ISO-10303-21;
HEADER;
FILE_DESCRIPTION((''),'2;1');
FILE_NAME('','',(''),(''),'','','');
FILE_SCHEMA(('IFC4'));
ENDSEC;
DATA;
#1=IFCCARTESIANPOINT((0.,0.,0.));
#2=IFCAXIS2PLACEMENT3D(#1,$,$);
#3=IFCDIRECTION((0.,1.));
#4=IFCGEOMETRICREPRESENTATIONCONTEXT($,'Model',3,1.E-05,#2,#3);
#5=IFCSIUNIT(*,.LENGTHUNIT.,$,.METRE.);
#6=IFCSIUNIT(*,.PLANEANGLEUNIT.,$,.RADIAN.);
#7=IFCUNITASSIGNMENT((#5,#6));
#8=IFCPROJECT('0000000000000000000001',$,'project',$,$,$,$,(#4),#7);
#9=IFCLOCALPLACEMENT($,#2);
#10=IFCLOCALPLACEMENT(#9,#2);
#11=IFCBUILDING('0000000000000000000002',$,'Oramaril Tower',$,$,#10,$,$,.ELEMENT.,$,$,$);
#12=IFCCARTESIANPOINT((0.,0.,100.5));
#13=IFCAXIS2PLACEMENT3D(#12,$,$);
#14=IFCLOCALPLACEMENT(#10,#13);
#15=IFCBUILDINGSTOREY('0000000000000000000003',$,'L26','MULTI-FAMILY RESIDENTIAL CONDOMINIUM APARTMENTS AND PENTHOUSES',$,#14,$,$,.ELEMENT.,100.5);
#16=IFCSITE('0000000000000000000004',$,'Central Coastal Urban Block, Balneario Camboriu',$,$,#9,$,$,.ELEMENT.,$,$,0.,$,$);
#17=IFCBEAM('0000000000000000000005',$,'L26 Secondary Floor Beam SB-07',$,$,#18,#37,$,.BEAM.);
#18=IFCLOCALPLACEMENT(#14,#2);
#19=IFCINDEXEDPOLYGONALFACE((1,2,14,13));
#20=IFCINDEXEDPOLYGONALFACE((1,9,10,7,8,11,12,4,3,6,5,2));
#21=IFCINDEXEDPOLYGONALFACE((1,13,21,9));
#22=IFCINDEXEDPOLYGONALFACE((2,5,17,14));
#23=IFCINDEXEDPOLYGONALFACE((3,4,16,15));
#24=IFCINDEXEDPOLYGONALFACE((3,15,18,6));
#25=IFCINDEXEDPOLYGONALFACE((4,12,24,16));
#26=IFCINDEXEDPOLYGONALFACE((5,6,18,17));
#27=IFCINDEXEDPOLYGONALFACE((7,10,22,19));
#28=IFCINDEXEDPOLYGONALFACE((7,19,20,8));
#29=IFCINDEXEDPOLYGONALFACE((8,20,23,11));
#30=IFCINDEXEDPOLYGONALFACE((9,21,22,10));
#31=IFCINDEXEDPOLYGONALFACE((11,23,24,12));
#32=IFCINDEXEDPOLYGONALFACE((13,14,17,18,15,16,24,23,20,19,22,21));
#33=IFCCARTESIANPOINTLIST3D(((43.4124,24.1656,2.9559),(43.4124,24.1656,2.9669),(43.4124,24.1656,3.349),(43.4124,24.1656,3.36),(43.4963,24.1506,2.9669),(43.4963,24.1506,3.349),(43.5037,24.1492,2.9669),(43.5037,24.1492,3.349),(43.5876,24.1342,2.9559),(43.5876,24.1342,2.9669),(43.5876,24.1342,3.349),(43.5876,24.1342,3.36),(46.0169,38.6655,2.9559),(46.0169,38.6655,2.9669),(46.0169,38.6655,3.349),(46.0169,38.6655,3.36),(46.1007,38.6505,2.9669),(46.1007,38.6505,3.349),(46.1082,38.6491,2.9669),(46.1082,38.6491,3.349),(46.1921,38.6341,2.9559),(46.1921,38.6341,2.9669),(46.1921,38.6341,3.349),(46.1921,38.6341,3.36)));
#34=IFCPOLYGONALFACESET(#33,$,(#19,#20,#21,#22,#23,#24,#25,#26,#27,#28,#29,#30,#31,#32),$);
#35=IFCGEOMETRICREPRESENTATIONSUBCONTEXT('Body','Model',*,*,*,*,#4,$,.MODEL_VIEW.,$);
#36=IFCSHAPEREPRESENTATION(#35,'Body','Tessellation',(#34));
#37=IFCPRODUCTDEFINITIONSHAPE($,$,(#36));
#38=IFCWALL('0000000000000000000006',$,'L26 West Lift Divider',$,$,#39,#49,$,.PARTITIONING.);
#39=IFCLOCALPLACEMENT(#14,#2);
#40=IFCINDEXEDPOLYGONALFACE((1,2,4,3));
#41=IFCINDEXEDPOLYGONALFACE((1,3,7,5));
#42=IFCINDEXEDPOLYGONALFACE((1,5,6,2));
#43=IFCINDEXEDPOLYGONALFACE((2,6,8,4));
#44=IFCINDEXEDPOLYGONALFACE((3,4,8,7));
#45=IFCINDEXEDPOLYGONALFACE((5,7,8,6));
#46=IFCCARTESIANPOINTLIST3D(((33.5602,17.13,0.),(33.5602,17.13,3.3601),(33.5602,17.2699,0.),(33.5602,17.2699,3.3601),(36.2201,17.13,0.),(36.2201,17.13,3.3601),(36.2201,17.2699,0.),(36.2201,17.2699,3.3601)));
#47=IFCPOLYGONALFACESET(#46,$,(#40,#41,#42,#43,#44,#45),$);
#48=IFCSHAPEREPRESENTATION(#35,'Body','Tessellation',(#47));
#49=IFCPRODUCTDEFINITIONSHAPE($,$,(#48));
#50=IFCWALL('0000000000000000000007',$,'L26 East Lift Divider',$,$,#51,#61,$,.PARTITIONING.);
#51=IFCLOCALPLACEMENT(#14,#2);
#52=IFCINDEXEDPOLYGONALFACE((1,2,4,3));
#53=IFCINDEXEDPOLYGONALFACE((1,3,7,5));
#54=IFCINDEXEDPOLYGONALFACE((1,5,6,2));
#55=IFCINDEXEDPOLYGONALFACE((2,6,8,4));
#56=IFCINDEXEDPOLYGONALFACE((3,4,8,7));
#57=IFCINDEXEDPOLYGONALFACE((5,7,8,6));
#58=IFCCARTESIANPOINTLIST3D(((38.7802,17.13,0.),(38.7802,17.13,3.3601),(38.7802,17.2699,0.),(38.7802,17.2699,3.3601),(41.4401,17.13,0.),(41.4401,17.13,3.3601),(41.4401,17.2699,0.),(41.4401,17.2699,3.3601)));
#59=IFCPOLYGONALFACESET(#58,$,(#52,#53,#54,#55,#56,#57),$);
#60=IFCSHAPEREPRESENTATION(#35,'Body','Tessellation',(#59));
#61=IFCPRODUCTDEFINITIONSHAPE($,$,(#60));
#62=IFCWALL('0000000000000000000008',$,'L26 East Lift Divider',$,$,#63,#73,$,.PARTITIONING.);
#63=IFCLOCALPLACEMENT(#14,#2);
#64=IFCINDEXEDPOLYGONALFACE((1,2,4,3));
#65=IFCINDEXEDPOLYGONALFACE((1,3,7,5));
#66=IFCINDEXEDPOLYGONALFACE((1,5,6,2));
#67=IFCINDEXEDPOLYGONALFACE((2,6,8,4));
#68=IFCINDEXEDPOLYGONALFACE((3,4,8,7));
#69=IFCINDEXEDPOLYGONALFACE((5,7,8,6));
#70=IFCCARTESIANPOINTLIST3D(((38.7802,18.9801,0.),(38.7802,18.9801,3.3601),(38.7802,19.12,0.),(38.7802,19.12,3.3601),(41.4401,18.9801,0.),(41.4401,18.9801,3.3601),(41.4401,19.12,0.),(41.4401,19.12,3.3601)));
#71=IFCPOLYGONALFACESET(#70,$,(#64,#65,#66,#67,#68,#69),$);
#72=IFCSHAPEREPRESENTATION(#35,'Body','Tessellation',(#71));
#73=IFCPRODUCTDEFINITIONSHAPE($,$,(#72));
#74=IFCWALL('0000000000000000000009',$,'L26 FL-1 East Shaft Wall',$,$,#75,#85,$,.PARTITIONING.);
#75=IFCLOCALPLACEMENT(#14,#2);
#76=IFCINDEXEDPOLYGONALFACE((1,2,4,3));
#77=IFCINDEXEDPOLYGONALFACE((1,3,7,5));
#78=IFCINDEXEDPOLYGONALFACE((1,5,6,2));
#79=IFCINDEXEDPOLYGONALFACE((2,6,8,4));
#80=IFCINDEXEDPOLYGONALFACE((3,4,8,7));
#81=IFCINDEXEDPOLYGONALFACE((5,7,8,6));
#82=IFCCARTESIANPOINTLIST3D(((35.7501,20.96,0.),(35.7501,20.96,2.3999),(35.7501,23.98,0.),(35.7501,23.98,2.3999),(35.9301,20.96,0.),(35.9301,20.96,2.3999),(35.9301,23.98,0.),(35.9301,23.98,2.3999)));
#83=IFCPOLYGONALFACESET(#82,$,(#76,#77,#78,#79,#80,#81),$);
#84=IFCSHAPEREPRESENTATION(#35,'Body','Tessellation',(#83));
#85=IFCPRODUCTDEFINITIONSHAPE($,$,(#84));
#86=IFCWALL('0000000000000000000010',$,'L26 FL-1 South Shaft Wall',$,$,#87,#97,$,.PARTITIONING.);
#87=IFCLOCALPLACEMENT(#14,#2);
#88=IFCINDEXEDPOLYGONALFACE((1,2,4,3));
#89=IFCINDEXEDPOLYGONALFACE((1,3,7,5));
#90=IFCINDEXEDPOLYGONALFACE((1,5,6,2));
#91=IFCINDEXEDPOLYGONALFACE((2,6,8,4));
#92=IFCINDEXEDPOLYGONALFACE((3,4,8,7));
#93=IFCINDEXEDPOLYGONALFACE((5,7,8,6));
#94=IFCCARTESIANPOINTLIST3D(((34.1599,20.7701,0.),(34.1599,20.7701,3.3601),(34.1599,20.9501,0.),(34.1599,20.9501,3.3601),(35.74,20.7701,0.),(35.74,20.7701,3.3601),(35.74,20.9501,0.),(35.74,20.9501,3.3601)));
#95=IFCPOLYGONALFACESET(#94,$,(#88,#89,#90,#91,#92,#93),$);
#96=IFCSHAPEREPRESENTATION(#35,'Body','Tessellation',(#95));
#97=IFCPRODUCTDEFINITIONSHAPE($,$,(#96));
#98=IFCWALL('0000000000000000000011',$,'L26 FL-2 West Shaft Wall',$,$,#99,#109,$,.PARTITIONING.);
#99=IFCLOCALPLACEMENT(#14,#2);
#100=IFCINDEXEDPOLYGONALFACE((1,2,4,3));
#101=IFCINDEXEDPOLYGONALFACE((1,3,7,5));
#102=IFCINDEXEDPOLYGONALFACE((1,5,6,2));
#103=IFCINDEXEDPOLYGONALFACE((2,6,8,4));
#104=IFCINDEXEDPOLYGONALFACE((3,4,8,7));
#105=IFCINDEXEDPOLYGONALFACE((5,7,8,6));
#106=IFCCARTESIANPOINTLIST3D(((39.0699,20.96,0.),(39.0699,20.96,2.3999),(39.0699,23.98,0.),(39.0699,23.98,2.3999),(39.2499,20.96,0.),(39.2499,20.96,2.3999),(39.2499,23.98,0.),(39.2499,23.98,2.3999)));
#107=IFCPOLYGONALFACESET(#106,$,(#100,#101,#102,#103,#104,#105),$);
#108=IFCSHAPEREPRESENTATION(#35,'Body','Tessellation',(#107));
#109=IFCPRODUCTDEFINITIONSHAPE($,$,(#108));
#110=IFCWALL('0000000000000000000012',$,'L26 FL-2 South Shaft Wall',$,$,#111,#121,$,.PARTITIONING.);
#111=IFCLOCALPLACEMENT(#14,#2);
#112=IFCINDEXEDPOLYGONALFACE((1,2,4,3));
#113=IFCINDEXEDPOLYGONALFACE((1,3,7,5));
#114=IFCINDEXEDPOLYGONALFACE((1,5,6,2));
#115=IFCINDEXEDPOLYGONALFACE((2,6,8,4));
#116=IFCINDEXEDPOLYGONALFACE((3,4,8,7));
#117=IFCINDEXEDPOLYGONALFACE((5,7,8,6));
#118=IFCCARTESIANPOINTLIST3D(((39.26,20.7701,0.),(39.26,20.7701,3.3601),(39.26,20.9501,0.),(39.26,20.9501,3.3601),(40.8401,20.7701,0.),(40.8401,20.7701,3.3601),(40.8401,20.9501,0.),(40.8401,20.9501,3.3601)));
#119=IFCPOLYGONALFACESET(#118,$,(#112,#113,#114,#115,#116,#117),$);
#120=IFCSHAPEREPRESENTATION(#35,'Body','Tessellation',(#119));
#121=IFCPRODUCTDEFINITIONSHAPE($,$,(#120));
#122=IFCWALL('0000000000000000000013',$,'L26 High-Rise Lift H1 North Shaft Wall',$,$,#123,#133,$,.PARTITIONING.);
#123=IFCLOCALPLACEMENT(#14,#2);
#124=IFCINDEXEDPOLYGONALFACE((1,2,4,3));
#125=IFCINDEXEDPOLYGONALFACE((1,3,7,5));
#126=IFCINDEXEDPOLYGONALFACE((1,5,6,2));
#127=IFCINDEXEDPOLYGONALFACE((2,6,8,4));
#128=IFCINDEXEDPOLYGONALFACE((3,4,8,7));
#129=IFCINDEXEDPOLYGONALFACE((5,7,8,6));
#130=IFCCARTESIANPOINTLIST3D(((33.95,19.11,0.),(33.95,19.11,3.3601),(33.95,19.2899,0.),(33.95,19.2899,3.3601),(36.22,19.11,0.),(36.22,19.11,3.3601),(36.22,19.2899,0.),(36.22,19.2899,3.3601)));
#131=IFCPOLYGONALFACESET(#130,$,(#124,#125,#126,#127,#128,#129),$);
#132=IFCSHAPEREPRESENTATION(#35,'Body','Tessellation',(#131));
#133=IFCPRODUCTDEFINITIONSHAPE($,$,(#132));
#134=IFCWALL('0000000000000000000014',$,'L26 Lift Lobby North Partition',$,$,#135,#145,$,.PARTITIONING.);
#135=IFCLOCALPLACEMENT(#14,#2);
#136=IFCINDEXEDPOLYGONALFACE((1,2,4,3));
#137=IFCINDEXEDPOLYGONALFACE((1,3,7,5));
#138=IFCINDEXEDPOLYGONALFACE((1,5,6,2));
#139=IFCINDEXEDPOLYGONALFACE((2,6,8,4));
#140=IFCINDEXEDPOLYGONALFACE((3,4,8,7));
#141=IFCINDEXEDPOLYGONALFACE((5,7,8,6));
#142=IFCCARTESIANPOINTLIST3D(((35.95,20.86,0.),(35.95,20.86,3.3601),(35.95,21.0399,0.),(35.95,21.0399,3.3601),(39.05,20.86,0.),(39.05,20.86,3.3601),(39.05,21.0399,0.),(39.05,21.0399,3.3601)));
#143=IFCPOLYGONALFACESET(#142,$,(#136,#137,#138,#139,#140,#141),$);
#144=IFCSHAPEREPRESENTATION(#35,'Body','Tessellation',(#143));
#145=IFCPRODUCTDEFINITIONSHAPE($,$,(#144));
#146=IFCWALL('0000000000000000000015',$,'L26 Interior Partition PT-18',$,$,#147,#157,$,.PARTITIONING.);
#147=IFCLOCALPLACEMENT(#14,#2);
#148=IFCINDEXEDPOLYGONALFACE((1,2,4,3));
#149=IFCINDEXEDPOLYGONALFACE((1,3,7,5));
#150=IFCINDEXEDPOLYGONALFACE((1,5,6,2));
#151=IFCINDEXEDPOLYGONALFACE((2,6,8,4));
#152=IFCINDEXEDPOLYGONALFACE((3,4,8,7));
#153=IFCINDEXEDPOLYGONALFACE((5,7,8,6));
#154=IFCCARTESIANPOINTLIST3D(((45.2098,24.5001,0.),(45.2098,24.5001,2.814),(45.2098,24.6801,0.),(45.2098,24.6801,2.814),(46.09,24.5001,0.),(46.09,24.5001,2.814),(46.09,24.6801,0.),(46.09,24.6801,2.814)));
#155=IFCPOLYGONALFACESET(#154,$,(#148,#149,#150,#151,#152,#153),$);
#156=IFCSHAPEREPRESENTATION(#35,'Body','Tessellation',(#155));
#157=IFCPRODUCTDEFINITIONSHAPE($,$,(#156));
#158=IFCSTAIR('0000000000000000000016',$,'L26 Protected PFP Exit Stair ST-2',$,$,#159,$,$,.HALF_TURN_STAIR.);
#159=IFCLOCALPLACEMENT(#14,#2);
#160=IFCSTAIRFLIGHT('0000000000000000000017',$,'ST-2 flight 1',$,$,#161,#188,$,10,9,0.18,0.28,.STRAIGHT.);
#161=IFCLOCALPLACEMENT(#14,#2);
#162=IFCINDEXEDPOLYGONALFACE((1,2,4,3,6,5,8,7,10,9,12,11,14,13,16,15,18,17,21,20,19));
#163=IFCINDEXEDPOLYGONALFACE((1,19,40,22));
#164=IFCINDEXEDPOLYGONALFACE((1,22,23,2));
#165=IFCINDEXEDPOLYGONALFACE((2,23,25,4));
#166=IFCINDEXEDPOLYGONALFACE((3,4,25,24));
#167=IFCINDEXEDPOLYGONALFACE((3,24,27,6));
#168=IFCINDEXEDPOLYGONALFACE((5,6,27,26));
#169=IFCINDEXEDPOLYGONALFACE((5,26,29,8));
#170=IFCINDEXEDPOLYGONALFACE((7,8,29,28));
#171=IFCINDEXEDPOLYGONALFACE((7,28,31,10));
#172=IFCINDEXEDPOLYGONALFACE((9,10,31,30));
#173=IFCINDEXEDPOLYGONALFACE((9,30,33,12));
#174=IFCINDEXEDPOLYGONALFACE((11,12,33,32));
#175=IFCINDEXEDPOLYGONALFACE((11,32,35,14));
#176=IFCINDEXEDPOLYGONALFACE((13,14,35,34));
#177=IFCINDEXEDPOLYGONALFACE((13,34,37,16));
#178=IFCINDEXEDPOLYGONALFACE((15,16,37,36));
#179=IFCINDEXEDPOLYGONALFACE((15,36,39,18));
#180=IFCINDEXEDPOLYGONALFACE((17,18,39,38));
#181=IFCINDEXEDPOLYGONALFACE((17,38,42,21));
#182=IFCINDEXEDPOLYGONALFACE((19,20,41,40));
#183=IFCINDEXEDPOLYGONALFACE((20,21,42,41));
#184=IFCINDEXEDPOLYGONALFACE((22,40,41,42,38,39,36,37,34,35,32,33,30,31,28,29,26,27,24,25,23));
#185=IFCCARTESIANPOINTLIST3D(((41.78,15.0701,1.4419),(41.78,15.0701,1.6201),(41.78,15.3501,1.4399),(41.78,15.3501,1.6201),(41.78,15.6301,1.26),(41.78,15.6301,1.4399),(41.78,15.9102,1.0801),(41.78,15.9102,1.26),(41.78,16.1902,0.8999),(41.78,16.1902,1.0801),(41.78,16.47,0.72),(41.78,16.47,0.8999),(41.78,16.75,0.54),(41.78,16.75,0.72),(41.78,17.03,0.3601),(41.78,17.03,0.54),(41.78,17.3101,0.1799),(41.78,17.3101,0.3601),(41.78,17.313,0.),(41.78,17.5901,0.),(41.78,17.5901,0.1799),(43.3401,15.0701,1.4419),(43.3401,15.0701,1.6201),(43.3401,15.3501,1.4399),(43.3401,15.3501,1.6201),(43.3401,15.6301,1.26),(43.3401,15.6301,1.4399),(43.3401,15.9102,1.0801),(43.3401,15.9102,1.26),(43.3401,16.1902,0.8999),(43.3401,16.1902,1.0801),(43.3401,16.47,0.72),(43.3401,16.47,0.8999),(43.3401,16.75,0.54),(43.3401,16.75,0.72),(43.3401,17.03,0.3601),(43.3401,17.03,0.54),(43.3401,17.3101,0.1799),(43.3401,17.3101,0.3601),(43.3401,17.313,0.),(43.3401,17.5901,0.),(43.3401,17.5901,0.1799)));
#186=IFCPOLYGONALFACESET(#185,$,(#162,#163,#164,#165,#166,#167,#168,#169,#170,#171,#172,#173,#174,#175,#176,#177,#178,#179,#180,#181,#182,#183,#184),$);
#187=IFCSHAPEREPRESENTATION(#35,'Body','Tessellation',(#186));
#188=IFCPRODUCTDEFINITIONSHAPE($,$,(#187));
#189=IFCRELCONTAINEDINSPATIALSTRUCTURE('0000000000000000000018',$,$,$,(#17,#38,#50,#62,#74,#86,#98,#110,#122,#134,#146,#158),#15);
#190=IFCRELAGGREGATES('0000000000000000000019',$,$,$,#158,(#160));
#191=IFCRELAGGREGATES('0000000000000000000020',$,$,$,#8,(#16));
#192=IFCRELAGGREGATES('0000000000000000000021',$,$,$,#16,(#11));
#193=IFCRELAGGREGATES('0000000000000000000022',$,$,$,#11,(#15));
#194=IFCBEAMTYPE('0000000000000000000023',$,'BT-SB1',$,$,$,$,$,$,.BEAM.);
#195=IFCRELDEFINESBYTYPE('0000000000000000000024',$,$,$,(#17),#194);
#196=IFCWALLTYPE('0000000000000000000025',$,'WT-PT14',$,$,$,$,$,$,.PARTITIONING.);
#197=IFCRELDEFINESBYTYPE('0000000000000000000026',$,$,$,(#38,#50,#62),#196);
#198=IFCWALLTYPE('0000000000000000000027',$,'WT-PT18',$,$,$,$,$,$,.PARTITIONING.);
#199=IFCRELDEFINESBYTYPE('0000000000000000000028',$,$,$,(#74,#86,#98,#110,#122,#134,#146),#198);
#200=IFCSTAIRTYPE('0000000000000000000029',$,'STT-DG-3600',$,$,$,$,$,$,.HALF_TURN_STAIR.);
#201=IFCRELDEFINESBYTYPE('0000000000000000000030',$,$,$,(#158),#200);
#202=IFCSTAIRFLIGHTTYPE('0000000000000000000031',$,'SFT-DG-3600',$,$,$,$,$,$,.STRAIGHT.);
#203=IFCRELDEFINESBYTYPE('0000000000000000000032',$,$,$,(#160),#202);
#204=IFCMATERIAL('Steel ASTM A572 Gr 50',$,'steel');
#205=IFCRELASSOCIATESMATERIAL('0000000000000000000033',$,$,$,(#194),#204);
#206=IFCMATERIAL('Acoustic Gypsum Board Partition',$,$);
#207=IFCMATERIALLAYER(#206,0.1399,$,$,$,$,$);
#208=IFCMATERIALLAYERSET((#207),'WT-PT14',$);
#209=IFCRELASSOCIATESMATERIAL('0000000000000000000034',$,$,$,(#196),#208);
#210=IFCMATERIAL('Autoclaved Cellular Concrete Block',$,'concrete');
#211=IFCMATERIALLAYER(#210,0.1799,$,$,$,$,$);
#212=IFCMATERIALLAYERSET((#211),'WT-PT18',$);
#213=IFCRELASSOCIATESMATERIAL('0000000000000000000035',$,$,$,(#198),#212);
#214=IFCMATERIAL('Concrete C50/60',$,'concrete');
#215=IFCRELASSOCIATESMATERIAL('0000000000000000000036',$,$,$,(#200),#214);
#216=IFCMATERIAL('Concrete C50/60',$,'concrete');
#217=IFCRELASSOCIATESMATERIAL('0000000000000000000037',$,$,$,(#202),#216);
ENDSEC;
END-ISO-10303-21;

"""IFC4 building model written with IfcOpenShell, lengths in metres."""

from ifc_helpers import new_model, si_unit, direction, frame, frame_2d, origin, origin_2d, place, context, subcontext, project, spatial, polyline, rectangle, i_section, outline, extrude, material, layer, layer_set, material_profile, profile_set, type_object, element, aggregate, save


model = new_model("IFC4")

# Units and contexts
model_context = context("Model", 3, precision=1e-05, world=origin(), true_north=direction((0.0, 1.0)))
body_context = subcontext(model_context, "Body", "Model", "MODEL_VIEW")
ifc_project = project(units=[si_unit("LENGTHUNIT", "METRE"), si_unit("PLANEANGLEUNIT", "RADIAN")], contexts=[model_context])

# Site, building, storey
site_placement = place(None, origin())
site = spatial("IfcSite", under=ifc_project, at=site_placement, Name="Central Coastal Urban Block, Balneario Camboriu", CompositionType="ELEMENT", RefElevation=0.0)
building_placement = place(site_placement, origin())
building = spatial("IfcBuilding", under=site, at=building_placement, Name="Oramaril Tower", CompositionType="ELEMENT")
storey_placement = place(building_placement, frame((0.0, 0.0, 100.5)))
storey = spatial("IfcBuildingStorey", under=building, at=storey_placement, Name="L26", Description="MULTI-FAMILY RESIDENTIAL CONDOMINIUM APARTMENTS AND PENTHOUSES", CompositionType="ELEMENT", Elevation=100.5)

# Beam
ifc_material_1 = material(Name="Steel ASTM A572 Gr 50", Category="steel")
ifc_material_profile = material_profile(ifc_material_1, i_section(OverallWidth=0.178, OverallDepth=0.4041, WebThickness=0.0076, FlangeThickness=0.011, at=origin_2d()), Name="W16X36")
ifc_profile_set = profile_set([ifc_material_profile], Name="Steel ASTM A572 Gr 50")
beam_type = type_object("IfcBeamType", Name="BT-SB1", PredefinedType="BEAM", material=ifc_profile_set)
beam_placement = place(storey_placement, frame((43.5, 24.1499, 3.158), z_axis=(0.176791, 0.984248, 0.0), x_axis=(-0.984248, 0.176791, 0.0)))
element("IfcBeam", 1, at=beam_placement, inside=storey, type_object=beam_type, Name="L26 Secondary Floor Beam SB-07", PredefinedType="BEAM", context=body_context, shape_type="SweptSolid", body=[
    extrude(i_section(OverallWidth=0.178, OverallDepth=0.4041, WebThickness=0.0076, FlangeThickness=0.011, at=origin_2d()), origin(), (0.0, 0.0, 1.0), 14.7319),
])

# Walls
ifc_material_2 = material(Name="Acoustic Gypsum Board Partition")
ifc_layer_1 = layer(ifc_material_2, 0.1399)
ifc_layer_set_1 = layer_set([ifc_layer_1], Name="WT-PT14")
wall_type_1 = type_object("IfcWallType", Name="WT-PT14", PredefinedType="PARTITIONING", material=ifc_layer_set_1)
for number, where, z_axis, x_axis, name in (
    (2, (33.5601, 17.2, 0.0), (0.0, 0.0, 1.0), (1.0, 0.0, 0.0), "L26 West Lift Divider"),
    (3, (38.78, 17.2, 0.0), (0.0, 0.0, 1.0), (1.0, 0.0, 0.0), "L26 East Lift Divider"),
    (4, (38.78, 19.05, 0.0), (0.0, 0.0, 1.0), (1.0, 0.0, 0.0), "L26 East Lift Divider"),
):
    element("IfcWall", number, at=place(storey_placement, frame(where, z_axis=z_axis, x_axis=x_axis)), inside=storey, type_object=wall_type_1, Name=name, PredefinedType="PARTITIONING", context=body_context, shape_type="SweptSolid", body=[
        extrude(rectangle(XDim=2.6599, YDim=0.1399, at=frame_2d((1.3301, 0.0))), origin(), (0.0, 0.0, 1.0), 3.3601),
    ])
ifc_material_3 = material(Name="Autoclaved Cellular Concrete Block", Category="concrete")
ifc_layer_2 = layer(ifc_material_3, 0.1799)
ifc_layer_set_2 = layer_set([ifc_layer_2], Name="WT-PT18")
wall_type_2 = type_object("IfcWallType", Name="WT-PT18", PredefinedType="PARTITIONING", material=ifc_layer_set_2)
wall_1_placement = place(storey_placement, frame((35.8401, 20.96, 0.0), z_axis=(0.0, 0.0, 1.0), x_axis=(0.0, 1.0, 0.0)))
element("IfcWall", 5, at=wall_1_placement, inside=storey, type_object=wall_type_2, Name="L26 FL-1 East Shaft Wall", PredefinedType="PARTITIONING", context=body_context, shape_type="SweptSolid", body=[
    extrude(rectangle(XDim=3.02, YDim=0.1799, at=frame_2d((1.51, 0.0))), origin(), (0.0, 0.0, 1.0), 2.3999),
])
wall_2_placement = place(storey_placement, frame((34.1599, 20.8601, 0.0), z_axis=(0.0, 0.0, 1.0), x_axis=(1.0, 0.0, 0.0)))
element("IfcWall", 6, at=wall_2_placement, inside=storey, type_object=wall_type_2, Name="L26 FL-1 South Shaft Wall", PredefinedType="PARTITIONING", context=body_context, shape_type="SweptSolid", body=[
    extrude(rectangle(XDim=1.5801, YDim=0.1799, at=frame_2d((0.79, 0.0))), origin(), (0.0, 0.0, 1.0), 3.3601),
])
wall_3_placement = place(storey_placement, frame((39.1599, 20.96, 0.0), z_axis=(0.0, 0.0, 1.0), x_axis=(0.0, 1.0, 0.0)))
element("IfcWall", 7, at=wall_3_placement, inside=storey, type_object=wall_type_2, Name="L26 FL-2 West Shaft Wall", PredefinedType="PARTITIONING", context=body_context, shape_type="SweptSolid", body=[
    extrude(rectangle(XDim=3.02, YDim=0.1799, at=frame_2d((1.51, 0.0))), origin(), (0.0, 0.0, 1.0), 2.3999),
])
wall_4_placement = place(storey_placement, frame((39.26, 20.8601, 0.0), z_axis=(0.0, 0.0, 1.0), x_axis=(1.0, 0.0, 0.0)))
element("IfcWall", 8, at=wall_4_placement, inside=storey, type_object=wall_type_2, Name="L26 FL-2 South Shaft Wall", PredefinedType="PARTITIONING", context=body_context, shape_type="SweptSolid", body=[
    extrude(rectangle(XDim=1.5801, YDim=0.1799, at=frame_2d((0.79, 0.0))), origin(), (0.0, 0.0, 1.0), 3.3601),
])
wall_5_placement = place(storey_placement, frame((33.95, 19.2, 0.0), z_axis=(0.0, 0.0, 1.0), x_axis=(1.0, 0.0, 0.0)))
element("IfcWall", 9, at=wall_5_placement, inside=storey, type_object=wall_type_2, Name="L26 High-Rise Lift H1 North Shaft Wall", PredefinedType="PARTITIONING", context=body_context, shape_type="SweptSolid", body=[
    extrude(rectangle(XDim=2.27, YDim=0.1799, at=frame_2d((1.135, 0.0))), origin(), (0.0, 0.0, 1.0), 3.3601),
])
wall_6_placement = place(storey_placement, frame((35.95, 20.95, 0.0), z_axis=(0.0, 0.0, 1.0), x_axis=(1.0, 0.0, 0.0)))
element("IfcWall", 10, at=wall_6_placement, inside=storey, type_object=wall_type_2, Name="L26 Lift Lobby North Partition", PredefinedType="PARTITIONING", context=body_context, shape_type="SweptSolid", body=[
    extrude(rectangle(XDim=3.1001, YDim=0.1799, at=frame_2d((1.55, 0.0))), origin(), (0.0, 0.0, 1.0), 3.3601),
])
wall_7_placement = place(storey_placement, frame((45.21, 24.5901, 0.0), z_axis=(0.0, 0.0, 1.0), x_axis=(1.0, 0.0, 0.0)))
element("IfcWall", 11, at=wall_7_placement, inside=storey, type_object=wall_type_2, Name="L26 Interior Partition PT-18", PredefinedType="PARTITIONING", context=body_context, shape_type="SweptSolid", body=[
    extrude(rectangle(XDim=0.8801, YDim=0.1799, at=frame_2d((0.4399, 0.0))), origin(), (0.0, 0.0, 1.0), 2.814),
])

# Stair, stair flight
ifc_material_4 = material(Name="Concrete C50/60", Category="concrete")
stair_type = type_object("IfcStairType", Name="STT-DG-3600", PredefinedType="HALF_TURN_STAIR", material=ifc_material_4)
stair_placement = place(storey_placement, origin())
stair = element("IfcStair", 12, at=stair_placement, inside=storey, type_object=stair_type, Name="L26 Protected PFP Exit Stair ST-2", PredefinedType="HALF_TURN_STAIR")
ifc_material_5 = material(Name="Concrete C50/60", Category="concrete")
stair_flight_type = type_object("IfcStairFlightType", Name="SFT-DG-3600", PredefinedType="STRAIGHT", material=ifc_material_5)
stair_flight_placement = place(storey_placement, frame((42.5601, 17.5901, 0.0), z_axis=(0.0, 0.0, 1.0), x_axis=(0.0, -1.0, 0.0)))
stair_flight = element("IfcStairFlight", 13, at=stair_flight_placement, type_object=stair_flight_type, Name="ST-2 flight 1", NumberOfRisers=10, NumberOfTreads=9, PredefinedType="STRAIGHT", RiserHeight=0.18, TreadLength=0.28, context=body_context, shape_type="SweptSolid", body=[
    extrude(outline(polyline([(0.0, 0.0), (0.0, 0.1799), (0.28, 0.1799), (0.28, 0.3601), (0.5601, 0.3601), (0.5601, 0.54), (0.8401, 0.54), (0.8401, 0.72), (1.1201, 0.72), (1.1201, 0.8999), (1.3999, 0.8999), (1.3999, 1.0801), (1.6799, 1.0801), (1.6799, 1.26), (1.96, 1.26), (1.96, 1.4399), (2.24, 1.4399), (2.24, 1.6201), (2.52, 1.6201), (2.52, 1.8), (2.52, 1.4419), (0.2771, 0.0), (0.0, 0.0)])), frame((0.0, 0.78, 0.0), z_axis=(0.0, -1.0, 0.0), x_axis=(1.0, 0.0, 0.0)), (0.0, 0.0, 1.0), 1.5601),
])
aggregate(stair, [stair_flight])

save(model, "model.ifc")
